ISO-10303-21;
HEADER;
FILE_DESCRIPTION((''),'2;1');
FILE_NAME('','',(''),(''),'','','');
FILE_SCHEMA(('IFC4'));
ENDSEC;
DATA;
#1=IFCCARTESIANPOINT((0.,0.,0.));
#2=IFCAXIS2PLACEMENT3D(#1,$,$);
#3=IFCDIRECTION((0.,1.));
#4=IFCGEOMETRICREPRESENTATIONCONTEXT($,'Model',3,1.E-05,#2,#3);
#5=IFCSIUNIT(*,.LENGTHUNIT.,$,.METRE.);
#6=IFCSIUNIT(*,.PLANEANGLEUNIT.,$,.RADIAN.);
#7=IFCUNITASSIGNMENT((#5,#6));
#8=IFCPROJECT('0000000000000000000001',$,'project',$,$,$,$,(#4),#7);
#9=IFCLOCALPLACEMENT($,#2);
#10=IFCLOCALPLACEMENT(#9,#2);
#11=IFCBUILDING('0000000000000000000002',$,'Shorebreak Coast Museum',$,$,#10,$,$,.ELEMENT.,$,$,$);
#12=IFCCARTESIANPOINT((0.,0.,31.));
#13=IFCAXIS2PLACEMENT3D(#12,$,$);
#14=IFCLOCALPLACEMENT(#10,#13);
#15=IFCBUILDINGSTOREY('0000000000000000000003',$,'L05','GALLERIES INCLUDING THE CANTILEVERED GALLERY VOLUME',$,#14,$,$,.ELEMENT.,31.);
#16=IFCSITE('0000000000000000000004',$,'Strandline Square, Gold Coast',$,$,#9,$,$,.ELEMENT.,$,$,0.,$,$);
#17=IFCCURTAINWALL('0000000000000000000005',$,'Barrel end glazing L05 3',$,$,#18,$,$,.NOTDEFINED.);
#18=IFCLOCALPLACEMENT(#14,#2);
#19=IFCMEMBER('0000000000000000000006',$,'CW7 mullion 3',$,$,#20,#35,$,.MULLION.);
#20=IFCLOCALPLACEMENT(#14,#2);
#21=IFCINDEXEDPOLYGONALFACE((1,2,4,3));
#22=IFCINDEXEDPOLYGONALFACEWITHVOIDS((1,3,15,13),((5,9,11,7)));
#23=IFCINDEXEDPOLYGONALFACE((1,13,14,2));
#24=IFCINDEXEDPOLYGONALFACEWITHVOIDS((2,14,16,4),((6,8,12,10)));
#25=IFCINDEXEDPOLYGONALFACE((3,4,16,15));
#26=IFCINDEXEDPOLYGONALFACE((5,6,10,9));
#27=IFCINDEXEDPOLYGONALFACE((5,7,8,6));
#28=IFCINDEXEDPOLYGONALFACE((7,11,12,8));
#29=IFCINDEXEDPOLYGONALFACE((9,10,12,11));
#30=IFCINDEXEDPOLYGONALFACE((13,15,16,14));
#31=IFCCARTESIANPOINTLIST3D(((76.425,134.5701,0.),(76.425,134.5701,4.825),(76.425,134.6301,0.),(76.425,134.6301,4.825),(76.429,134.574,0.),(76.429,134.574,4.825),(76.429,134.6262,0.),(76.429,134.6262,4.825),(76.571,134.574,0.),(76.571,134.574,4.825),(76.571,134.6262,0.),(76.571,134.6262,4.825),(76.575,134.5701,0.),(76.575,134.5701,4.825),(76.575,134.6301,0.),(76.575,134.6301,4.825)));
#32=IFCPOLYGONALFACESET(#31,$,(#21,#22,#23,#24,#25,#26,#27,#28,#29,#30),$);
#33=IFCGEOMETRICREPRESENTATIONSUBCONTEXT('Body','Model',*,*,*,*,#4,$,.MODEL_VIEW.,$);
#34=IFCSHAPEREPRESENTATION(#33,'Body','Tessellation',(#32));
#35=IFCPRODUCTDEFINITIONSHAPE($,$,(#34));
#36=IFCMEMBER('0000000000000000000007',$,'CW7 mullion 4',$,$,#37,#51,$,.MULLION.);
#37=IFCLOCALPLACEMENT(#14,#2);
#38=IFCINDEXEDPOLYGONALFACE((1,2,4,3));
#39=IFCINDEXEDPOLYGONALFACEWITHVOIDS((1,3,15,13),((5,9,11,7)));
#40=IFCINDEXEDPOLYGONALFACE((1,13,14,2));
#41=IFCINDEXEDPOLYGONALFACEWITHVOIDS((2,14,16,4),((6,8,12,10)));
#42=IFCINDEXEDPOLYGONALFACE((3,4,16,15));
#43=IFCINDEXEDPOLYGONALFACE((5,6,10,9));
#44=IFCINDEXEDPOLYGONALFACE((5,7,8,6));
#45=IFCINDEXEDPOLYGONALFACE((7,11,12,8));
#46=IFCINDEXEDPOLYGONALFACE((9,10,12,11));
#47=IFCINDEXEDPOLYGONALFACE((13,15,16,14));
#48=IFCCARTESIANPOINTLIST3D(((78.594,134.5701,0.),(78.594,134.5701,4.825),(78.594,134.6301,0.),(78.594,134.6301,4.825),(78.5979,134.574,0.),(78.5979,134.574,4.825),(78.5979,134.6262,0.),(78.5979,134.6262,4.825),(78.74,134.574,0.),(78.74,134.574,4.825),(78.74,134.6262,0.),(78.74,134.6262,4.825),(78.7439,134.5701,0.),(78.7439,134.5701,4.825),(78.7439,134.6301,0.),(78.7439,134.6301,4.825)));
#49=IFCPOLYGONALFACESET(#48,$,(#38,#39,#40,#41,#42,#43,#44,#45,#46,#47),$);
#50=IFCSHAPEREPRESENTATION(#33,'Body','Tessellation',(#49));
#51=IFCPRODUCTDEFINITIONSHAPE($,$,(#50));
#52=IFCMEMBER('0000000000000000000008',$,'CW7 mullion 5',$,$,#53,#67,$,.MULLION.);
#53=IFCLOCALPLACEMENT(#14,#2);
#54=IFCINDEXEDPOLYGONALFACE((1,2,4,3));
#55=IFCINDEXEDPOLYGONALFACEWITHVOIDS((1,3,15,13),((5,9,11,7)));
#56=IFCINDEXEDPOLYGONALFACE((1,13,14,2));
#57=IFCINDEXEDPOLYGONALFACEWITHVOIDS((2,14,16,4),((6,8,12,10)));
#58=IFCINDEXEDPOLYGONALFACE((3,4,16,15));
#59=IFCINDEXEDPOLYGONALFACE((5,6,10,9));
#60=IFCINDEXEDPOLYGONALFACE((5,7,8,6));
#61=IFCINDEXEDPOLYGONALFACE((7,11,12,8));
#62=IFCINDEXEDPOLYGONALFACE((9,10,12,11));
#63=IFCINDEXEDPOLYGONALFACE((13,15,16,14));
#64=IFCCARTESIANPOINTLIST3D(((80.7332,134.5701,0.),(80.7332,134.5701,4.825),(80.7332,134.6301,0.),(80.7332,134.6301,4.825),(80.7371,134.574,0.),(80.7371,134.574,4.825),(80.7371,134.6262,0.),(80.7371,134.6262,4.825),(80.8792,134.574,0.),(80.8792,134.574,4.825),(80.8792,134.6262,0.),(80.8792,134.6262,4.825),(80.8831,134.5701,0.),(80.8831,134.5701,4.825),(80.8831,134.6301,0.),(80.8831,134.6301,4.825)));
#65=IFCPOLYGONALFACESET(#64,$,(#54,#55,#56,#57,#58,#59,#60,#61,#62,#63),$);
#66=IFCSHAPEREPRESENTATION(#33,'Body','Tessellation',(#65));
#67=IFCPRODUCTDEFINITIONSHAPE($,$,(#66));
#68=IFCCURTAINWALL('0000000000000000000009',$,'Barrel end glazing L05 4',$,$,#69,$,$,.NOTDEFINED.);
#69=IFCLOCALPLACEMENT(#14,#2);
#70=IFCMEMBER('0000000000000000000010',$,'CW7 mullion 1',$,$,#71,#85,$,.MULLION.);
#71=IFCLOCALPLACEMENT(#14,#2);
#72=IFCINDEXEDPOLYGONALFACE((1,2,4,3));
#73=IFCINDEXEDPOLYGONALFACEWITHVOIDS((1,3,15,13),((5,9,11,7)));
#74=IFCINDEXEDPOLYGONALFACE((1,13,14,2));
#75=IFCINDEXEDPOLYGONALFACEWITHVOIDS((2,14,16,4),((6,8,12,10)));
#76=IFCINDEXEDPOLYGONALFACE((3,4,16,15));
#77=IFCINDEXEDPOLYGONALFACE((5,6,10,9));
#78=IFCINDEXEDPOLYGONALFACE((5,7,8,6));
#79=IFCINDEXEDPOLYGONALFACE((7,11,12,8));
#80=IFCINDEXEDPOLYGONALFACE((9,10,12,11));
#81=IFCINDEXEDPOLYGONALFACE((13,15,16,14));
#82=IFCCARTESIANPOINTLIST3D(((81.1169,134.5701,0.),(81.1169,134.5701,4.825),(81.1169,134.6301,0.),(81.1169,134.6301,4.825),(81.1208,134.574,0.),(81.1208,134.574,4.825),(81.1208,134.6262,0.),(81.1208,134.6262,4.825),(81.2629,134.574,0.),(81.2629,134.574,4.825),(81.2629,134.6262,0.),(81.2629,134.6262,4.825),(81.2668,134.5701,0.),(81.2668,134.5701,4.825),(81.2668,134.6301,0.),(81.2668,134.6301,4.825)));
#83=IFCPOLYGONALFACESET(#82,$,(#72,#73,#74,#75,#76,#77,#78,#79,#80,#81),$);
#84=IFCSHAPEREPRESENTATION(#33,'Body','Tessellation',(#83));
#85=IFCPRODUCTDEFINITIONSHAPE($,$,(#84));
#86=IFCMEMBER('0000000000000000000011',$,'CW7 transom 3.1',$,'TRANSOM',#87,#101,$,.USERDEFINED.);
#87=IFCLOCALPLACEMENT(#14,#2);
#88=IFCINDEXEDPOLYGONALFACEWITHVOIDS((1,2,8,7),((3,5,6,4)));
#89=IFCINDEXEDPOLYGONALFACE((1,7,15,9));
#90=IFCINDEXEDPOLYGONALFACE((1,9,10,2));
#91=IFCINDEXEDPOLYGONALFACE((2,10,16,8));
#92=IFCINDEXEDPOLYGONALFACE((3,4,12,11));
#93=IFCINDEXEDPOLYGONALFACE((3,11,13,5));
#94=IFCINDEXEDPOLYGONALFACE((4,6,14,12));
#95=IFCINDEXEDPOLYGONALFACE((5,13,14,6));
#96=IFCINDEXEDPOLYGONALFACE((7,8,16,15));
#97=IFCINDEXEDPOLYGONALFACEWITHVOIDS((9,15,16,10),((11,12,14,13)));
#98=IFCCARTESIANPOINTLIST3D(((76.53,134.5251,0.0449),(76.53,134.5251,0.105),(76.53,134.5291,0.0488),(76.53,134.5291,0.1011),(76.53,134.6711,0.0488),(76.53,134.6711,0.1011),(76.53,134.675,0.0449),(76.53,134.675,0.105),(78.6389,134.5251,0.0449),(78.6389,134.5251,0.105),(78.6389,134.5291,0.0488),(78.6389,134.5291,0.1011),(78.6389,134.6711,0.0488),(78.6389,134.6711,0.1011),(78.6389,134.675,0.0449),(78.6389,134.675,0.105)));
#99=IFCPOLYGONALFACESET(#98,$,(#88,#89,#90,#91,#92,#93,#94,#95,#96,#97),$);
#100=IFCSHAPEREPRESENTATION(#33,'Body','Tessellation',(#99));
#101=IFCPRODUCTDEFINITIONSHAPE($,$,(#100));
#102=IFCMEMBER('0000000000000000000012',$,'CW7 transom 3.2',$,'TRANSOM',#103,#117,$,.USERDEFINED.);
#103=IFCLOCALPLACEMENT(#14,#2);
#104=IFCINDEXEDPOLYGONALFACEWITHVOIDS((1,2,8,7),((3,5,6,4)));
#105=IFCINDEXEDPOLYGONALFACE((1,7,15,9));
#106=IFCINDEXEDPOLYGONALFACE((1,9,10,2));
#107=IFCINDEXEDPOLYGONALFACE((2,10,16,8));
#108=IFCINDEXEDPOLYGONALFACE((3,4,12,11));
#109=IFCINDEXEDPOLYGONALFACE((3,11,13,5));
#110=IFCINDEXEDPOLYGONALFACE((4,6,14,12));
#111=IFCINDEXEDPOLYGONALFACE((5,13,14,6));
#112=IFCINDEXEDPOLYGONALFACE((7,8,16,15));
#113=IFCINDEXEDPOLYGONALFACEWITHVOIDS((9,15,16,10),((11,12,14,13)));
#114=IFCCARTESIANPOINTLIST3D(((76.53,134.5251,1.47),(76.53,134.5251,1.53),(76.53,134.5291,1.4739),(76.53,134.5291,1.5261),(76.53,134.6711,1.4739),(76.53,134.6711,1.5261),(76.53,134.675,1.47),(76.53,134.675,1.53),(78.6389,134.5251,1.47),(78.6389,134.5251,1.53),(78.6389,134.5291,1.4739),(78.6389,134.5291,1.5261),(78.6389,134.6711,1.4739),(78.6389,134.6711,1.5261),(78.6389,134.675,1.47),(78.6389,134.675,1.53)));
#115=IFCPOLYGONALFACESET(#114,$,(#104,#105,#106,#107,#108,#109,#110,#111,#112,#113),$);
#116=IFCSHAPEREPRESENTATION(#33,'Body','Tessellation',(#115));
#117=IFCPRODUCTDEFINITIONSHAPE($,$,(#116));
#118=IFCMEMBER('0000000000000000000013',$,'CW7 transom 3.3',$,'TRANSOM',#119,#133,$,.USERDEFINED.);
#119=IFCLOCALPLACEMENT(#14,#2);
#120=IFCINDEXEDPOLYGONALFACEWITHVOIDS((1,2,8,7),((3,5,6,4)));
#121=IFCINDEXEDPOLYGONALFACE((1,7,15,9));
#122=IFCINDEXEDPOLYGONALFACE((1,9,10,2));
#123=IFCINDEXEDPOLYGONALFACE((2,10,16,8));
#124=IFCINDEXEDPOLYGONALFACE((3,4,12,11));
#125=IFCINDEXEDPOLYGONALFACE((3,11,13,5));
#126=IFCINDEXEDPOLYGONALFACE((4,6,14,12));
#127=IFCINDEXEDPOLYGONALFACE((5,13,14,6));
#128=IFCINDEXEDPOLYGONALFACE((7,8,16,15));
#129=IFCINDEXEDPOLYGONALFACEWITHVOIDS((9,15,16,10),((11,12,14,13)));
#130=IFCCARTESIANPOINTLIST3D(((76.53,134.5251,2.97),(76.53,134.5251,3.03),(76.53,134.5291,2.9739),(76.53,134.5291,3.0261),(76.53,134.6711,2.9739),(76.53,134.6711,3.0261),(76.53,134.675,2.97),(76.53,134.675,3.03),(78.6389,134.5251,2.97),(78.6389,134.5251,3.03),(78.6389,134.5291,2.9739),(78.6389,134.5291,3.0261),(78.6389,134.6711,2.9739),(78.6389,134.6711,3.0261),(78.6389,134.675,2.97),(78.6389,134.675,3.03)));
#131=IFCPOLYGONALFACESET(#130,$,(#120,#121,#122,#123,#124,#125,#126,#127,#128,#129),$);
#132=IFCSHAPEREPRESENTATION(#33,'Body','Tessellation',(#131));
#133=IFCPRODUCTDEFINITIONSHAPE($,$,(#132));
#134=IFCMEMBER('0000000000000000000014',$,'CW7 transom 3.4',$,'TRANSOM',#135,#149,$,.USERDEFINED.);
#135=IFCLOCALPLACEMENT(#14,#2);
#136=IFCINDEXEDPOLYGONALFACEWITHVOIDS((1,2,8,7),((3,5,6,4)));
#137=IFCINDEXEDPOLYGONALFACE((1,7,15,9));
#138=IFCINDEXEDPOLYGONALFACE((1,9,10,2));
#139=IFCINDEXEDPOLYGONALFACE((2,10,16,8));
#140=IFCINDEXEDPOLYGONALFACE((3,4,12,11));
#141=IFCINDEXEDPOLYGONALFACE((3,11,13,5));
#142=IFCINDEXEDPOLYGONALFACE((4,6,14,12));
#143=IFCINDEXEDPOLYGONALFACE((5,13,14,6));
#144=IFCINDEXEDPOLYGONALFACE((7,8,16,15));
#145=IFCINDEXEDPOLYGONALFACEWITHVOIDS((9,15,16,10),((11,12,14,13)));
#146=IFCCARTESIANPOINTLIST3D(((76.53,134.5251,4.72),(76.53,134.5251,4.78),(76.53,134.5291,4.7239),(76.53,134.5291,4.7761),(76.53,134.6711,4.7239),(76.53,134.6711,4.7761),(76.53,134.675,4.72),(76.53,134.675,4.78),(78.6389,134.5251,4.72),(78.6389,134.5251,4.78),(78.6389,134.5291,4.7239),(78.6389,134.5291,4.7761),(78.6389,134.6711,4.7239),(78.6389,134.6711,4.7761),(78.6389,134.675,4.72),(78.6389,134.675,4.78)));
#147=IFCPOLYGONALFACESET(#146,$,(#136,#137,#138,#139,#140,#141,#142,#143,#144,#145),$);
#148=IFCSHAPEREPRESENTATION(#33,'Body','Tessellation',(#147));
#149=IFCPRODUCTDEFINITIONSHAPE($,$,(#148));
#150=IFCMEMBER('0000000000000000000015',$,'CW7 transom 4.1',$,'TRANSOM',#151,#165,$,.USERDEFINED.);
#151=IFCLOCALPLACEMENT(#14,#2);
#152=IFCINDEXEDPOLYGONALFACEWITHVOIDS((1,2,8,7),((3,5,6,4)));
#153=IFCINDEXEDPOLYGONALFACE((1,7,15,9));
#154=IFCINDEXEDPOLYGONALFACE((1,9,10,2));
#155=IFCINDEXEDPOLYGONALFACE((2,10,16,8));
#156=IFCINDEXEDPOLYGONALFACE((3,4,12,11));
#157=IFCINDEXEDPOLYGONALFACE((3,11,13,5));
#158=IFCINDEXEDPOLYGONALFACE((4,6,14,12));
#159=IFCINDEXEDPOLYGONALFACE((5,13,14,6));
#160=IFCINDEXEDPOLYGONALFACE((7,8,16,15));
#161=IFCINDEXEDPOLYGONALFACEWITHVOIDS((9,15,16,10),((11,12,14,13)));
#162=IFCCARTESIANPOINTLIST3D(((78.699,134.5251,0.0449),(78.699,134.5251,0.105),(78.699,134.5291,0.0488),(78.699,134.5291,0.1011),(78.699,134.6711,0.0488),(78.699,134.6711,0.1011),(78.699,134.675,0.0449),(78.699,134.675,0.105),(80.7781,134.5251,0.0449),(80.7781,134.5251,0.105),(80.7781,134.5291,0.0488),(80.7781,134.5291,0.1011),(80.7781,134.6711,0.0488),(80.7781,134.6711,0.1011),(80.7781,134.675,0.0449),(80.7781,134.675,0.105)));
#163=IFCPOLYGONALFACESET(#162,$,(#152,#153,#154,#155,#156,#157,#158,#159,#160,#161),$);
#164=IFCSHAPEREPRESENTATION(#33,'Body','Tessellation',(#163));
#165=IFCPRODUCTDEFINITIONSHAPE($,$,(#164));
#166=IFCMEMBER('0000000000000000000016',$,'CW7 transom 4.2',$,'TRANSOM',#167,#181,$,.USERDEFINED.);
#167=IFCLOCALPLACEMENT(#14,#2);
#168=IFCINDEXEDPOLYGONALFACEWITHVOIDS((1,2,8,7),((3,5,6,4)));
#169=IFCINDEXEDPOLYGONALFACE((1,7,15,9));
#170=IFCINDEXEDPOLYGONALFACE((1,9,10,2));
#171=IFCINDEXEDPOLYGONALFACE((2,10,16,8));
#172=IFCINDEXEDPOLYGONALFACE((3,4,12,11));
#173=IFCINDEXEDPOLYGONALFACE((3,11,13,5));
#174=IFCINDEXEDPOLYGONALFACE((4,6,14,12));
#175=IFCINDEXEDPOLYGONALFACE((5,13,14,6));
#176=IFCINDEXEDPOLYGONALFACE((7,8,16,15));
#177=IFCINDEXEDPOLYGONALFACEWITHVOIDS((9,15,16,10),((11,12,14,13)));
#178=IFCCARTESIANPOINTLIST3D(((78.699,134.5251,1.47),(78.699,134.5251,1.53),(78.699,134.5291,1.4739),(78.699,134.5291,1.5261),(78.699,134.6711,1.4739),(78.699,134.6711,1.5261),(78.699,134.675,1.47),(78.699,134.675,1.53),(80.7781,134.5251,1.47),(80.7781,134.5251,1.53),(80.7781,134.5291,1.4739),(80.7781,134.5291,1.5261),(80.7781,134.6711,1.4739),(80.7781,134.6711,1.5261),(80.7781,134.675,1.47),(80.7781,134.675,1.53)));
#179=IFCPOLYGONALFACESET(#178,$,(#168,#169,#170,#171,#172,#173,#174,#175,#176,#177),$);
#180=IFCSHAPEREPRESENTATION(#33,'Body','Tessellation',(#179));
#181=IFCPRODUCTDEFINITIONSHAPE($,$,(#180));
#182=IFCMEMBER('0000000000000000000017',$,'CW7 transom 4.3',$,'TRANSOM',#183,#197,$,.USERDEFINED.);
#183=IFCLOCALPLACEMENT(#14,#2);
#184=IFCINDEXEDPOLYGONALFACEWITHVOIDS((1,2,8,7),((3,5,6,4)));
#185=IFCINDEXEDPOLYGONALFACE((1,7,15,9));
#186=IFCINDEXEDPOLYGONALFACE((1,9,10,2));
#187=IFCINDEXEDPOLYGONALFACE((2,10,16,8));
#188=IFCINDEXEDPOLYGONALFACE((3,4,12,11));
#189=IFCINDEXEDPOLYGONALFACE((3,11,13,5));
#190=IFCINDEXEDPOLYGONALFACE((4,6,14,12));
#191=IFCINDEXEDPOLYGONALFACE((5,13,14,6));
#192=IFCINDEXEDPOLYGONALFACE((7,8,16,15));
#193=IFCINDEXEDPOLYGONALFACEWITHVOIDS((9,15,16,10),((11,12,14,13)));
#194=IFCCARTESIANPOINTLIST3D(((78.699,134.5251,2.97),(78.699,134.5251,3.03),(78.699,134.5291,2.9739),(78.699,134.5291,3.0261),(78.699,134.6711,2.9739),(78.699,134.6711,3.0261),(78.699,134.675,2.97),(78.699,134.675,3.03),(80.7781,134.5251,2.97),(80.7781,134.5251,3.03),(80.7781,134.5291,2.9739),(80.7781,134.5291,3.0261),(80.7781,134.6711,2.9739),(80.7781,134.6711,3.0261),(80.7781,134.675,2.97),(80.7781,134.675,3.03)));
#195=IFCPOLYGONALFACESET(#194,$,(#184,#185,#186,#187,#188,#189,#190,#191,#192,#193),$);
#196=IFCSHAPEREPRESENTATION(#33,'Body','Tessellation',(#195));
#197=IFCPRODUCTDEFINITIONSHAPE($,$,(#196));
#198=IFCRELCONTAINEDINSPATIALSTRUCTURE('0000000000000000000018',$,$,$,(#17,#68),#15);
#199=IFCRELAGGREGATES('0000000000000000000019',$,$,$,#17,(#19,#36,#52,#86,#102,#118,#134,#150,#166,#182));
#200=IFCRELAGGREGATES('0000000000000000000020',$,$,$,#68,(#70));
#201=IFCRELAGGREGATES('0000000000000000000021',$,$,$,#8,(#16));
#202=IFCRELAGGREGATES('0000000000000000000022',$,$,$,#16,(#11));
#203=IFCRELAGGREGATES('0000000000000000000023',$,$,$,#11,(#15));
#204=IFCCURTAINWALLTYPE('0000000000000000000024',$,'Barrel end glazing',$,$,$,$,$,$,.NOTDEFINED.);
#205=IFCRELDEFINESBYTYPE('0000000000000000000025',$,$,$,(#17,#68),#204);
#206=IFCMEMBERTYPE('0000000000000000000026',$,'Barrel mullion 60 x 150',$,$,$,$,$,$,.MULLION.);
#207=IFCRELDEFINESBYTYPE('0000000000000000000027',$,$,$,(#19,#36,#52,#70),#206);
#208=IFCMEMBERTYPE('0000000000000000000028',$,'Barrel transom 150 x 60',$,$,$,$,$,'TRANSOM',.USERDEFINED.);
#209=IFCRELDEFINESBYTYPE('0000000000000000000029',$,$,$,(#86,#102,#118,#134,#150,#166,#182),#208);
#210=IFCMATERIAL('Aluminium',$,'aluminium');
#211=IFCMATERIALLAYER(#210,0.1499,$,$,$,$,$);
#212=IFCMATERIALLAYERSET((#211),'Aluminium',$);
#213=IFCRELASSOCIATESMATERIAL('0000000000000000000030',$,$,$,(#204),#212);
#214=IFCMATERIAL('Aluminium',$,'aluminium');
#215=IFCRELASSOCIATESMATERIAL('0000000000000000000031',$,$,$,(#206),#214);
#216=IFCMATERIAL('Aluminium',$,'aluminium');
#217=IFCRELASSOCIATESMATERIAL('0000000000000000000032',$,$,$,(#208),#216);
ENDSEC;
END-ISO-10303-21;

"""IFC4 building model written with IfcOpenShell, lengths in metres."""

from ifc_helpers import new_model, si_unit, direction, frame, origin, origin_2d, place, context, subcontext, project, spatial, hollow_rectangle, extrude, material, layer, layer_set, material_profile, profile_set, type_object, element, aggregate, save


model = new_model("IFC4")

# Units and contexts
model_context = context("Model", 3, precision=1e-05, world=origin(), true_north=direction((0.0, 1.0)))
body_context = subcontext(model_context, "Body", "Model", "MODEL_VIEW")
ifc_project = project(units=[si_unit("LENGTHUNIT", "METRE"), si_unit("PLANEANGLEUNIT", "RADIAN")], contexts=[model_context])

# Site, building, storey
site_placement = place(None, origin())
site = spatial("IfcSite", under=ifc_project, at=site_placement, Name="Strandline Square, Gold Coast", CompositionType="ELEMENT", RefElevation=0.0)
building_placement = place(site_placement, origin())
building = spatial("IfcBuilding", under=site, at=building_placement, Name="Shorebreak Coast Museum", CompositionType="ELEMENT")
storey_placement = place(building_placement, frame((0.0, 0.0, 31.0)))
storey = spatial("IfcBuildingStorey", under=building, at=storey_placement, Name="L05", Description="GALLERIES INCLUDING THE CANTILEVERED GALLERY VOLUME", CompositionType="ELEMENT", Elevation=31.0)

# Curtain wall, members
ifc_material_1 = material(Name="Aluminium", Category="aluminium")
ifc_layer_1 = layer(ifc_material_1, 0.1499)
ifc_layer_set_1 = layer_set([ifc_layer_1], Name="Aluminium")
curtain_wall_type = type_object("IfcCurtainWallType", Name="Barrel end glazing", PredefinedType="NOTDEFINED", material=ifc_layer_set_1)
curtain_wall_1_placement = place(storey_placement, origin())
curtain_wall_1 = element("IfcCurtainWall", 1, at=curtain_wall_1_placement, inside=storey, type_object=curtain_wall_type, Name="Barrel end glazing L05 3", PredefinedType="NOTDEFINED")
ifc_material_2 = material(Name="Aluminium", Category="aluminium")
ifc_material_profile_1 = material_profile(ifc_material_2, hollow_rectangle(XDim=0.0601, YDim=0.1499, WallThickness=0.0039, at=origin_2d()), Name="AL 150x60 RHS")
ifc_profile_set_1 = profile_set([ifc_material_profile_1], Name="Aluminium")
member_type_1 = type_object("IfcMemberType", Name="Barrel mullion 60 x 150", PredefinedType="MULLION", material=ifc_profile_set_1)
member_1_placement = place(storey_placement, frame((76.5, 134.6001, 0.0), z_axis=(0.0, 0.0, 1.0), x_axis=(0.0, 1.0, 0.0)))
member_1 = element("IfcMember", 2, at=member_1_placement, type_object=member_type_1, Name="CW7 mullion 3", PredefinedType="MULLION", context=body_context, shape_type="SweptSolid", body=[
    extrude(hollow_rectangle(XDim=0.0601, YDim=0.1499, WallThickness=0.0039, at=origin_2d()), origin(), (0.0, 0.0, 1.0), 4.825),
])
member_2_placement = place(storey_placement, frame((78.6689, 134.6001, 0.0), z_axis=(0.0, 0.0, 1.0), x_axis=(0.0, 1.0, 0.0)))
member_2 = element("IfcMember", 3, at=member_2_placement, type_object=member_type_1, Name="CW7 mullion 4", PredefinedType="MULLION", context=body_context, shape_type="SweptSolid", body=[
    extrude(hollow_rectangle(XDim=0.0601, YDim=0.1499, WallThickness=0.0039, at=origin_2d()), origin(), (0.0, 0.0, 1.0), 4.825),
])
member_3_placement = place(storey_placement, frame((80.8081, 134.6001, 0.0), z_axis=(0.0, 0.0, 1.0), x_axis=(0.0, 1.0, 0.0)))
member_3 = element("IfcMember", 4, at=member_3_placement, type_object=member_type_1, Name="CW7 mullion 5", PredefinedType="MULLION", context=body_context, shape_type="SweptSolid", body=[
    extrude(hollow_rectangle(XDim=0.0601, YDim=0.1499, WallThickness=0.0039, at=origin_2d()), origin(), (0.0, 0.0, 1.0), 4.825),
])

# Curtain wall, member
curtain_wall_2_placement = place(storey_placement, origin())
curtain_wall_2 = element("IfcCurtainWall", 5, at=curtain_wall_2_placement, inside=storey, type_object=curtain_wall_type, Name="Barrel end glazing L05 4", PredefinedType="NOTDEFINED")
member_4_placement = place(storey_placement, frame((81.1919, 134.6001, 0.0), z_axis=(0.0, 0.0, 1.0), x_axis=(0.0, 1.0, 0.0)))
member_4 = element("IfcMember", 6, at=member_4_placement, type_object=member_type_1, Name="CW7 mullion 1", PredefinedType="MULLION", context=body_context, shape_type="SweptSolid", body=[
    extrude(hollow_rectangle(XDim=0.0601, YDim=0.1499, WallThickness=0.0039, at=origin_2d()), origin(), (0.0, 0.0, 1.0), 4.825),
])

# Members
ifc_material_3 = material(Name="Aluminium", Category="aluminium")
ifc_material_profile_2 = material_profile(ifc_material_3, hollow_rectangle(XDim=0.1499, YDim=0.0601, WallThickness=0.0039, at=origin_2d()), Name="AL 60x150 RHS")
ifc_profile_set_2 = profile_set([ifc_material_profile_2], Name="Aluminium")
member_type_2 = type_object("IfcMemberType", Name="Barrel transom 150 x 60", ElementType="TRANSOM", PredefinedType="USERDEFINED", material=ifc_profile_set_2)
member_5_placement = place(storey_placement, frame((76.53, 134.6001, 0.075), z_axis=(1.0, 0.0, 0.0), x_axis=(0.0, 1.0, 0.0)))
member_5 = element("IfcMember", 7, at=member_5_placement, type_object=member_type_2, Name="CW7 transom 3.1", ObjectType="TRANSOM", PredefinedType="USERDEFINED", context=body_context, shape_type="SweptSolid", body=[
    extrude(hollow_rectangle(XDim=0.1499, YDim=0.0601, WallThickness=0.0039, at=origin_2d()), origin(), (0.0, 0.0, 1.0), 2.1089),
])
member_6_placement = place(storey_placement, frame((76.53, 134.6001, 1.5), z_axis=(1.0, 0.0, 0.0), x_axis=(0.0, 1.0, 0.0)))
member_6 = element("IfcMember", 8, at=member_6_placement, type_object=member_type_2, Name="CW7 transom 3.2", ObjectType="TRANSOM", PredefinedType="USERDEFINED", context=body_context, shape_type="SweptSolid", body=[
    extrude(hollow_rectangle(XDim=0.1499, YDim=0.0601, WallThickness=0.0039, at=origin_2d()), origin(), (0.0, 0.0, 1.0), 2.1089),
])
member_7_placement = place(storey_placement, frame((76.53, 134.6001, 3.0), z_axis=(1.0, 0.0, 0.0), x_axis=(0.0, 1.0, 0.0)))
member_7 = element("IfcMember", 9, at=member_7_placement, type_object=member_type_2, Name="CW7 transom 3.3", ObjectType="TRANSOM", PredefinedType="USERDEFINED", context=body_context, shape_type="SweptSolid", body=[
    extrude(hollow_rectangle(XDim=0.1499, YDim=0.0601, WallThickness=0.0039, at=origin_2d()), origin(), (0.0, 0.0, 1.0), 2.1089),
])
member_8_placement = place(storey_placement, frame((76.53, 134.6001, 4.75), z_axis=(1.0, 0.0, 0.0), x_axis=(0.0, 1.0, 0.0)))
member_8 = element("IfcMember", 10, at=member_8_placement, type_object=member_type_2, Name="CW7 transom 3.4", ObjectType="TRANSOM", PredefinedType="USERDEFINED", context=body_context, shape_type="SweptSolid", body=[
    extrude(hollow_rectangle(XDim=0.1499, YDim=0.0601, WallThickness=0.0039, at=origin_2d()), origin(), (0.0, 0.0, 1.0), 2.1089),
])
member_9_placement = place(storey_placement, frame((78.699, 134.6001, 0.075), z_axis=(1.0, 0.0, 0.0), x_axis=(0.0, 1.0, 0.0)))
member_9 = element("IfcMember", 11, at=member_9_placement, type_object=member_type_2, Name="CW7 transom 4.1", ObjectType="TRANSOM", PredefinedType="USERDEFINED", context=body_context, shape_type="SweptSolid", body=[
    extrude(hollow_rectangle(XDim=0.1499, YDim=0.0601, WallThickness=0.0039, at=origin_2d()), origin(), (0.0, 0.0, 1.0), 2.0791),
])
member_10_placement = place(storey_placement, frame((78.699, 134.6001, 1.5), z_axis=(1.0, 0.0, 0.0), x_axis=(0.0, 1.0, 0.0)))
member_10 = element("IfcMember", 12, at=member_10_placement, type_object=member_type_2, Name="CW7 transom 4.2", ObjectType="TRANSOM", PredefinedType="USERDEFINED", context=body_context, shape_type="SweptSolid", body=[
    extrude(hollow_rectangle(XDim=0.1499, YDim=0.0601, WallThickness=0.0039, at=origin_2d()), origin(), (0.0, 0.0, 1.0), 2.0791),
])
member_11_placement = place(storey_placement, frame((78.699, 134.6001, 3.0), z_axis=(1.0, 0.0, 0.0), x_axis=(0.0, 1.0, 0.0)))
member_11 = element("IfcMember", 13, at=member_11_placement, type_object=member_type_2, Name="CW7 transom 4.3", ObjectType="TRANSOM", PredefinedType="USERDEFINED", context=body_context, shape_type="SweptSolid", body=[
    extrude(hollow_rectangle(XDim=0.1499, YDim=0.0601, WallThickness=0.0039, at=origin_2d()), origin(), (0.0, 0.0, 1.0), 2.0791),
])

aggregate(curtain_wall_1, [member_1, member_2, member_3, member_5, member_6, member_7, member_8, member_9, member_10, member_11])
aggregate(curtain_wall_2, [member_4])

save(model, "model.ifc")
